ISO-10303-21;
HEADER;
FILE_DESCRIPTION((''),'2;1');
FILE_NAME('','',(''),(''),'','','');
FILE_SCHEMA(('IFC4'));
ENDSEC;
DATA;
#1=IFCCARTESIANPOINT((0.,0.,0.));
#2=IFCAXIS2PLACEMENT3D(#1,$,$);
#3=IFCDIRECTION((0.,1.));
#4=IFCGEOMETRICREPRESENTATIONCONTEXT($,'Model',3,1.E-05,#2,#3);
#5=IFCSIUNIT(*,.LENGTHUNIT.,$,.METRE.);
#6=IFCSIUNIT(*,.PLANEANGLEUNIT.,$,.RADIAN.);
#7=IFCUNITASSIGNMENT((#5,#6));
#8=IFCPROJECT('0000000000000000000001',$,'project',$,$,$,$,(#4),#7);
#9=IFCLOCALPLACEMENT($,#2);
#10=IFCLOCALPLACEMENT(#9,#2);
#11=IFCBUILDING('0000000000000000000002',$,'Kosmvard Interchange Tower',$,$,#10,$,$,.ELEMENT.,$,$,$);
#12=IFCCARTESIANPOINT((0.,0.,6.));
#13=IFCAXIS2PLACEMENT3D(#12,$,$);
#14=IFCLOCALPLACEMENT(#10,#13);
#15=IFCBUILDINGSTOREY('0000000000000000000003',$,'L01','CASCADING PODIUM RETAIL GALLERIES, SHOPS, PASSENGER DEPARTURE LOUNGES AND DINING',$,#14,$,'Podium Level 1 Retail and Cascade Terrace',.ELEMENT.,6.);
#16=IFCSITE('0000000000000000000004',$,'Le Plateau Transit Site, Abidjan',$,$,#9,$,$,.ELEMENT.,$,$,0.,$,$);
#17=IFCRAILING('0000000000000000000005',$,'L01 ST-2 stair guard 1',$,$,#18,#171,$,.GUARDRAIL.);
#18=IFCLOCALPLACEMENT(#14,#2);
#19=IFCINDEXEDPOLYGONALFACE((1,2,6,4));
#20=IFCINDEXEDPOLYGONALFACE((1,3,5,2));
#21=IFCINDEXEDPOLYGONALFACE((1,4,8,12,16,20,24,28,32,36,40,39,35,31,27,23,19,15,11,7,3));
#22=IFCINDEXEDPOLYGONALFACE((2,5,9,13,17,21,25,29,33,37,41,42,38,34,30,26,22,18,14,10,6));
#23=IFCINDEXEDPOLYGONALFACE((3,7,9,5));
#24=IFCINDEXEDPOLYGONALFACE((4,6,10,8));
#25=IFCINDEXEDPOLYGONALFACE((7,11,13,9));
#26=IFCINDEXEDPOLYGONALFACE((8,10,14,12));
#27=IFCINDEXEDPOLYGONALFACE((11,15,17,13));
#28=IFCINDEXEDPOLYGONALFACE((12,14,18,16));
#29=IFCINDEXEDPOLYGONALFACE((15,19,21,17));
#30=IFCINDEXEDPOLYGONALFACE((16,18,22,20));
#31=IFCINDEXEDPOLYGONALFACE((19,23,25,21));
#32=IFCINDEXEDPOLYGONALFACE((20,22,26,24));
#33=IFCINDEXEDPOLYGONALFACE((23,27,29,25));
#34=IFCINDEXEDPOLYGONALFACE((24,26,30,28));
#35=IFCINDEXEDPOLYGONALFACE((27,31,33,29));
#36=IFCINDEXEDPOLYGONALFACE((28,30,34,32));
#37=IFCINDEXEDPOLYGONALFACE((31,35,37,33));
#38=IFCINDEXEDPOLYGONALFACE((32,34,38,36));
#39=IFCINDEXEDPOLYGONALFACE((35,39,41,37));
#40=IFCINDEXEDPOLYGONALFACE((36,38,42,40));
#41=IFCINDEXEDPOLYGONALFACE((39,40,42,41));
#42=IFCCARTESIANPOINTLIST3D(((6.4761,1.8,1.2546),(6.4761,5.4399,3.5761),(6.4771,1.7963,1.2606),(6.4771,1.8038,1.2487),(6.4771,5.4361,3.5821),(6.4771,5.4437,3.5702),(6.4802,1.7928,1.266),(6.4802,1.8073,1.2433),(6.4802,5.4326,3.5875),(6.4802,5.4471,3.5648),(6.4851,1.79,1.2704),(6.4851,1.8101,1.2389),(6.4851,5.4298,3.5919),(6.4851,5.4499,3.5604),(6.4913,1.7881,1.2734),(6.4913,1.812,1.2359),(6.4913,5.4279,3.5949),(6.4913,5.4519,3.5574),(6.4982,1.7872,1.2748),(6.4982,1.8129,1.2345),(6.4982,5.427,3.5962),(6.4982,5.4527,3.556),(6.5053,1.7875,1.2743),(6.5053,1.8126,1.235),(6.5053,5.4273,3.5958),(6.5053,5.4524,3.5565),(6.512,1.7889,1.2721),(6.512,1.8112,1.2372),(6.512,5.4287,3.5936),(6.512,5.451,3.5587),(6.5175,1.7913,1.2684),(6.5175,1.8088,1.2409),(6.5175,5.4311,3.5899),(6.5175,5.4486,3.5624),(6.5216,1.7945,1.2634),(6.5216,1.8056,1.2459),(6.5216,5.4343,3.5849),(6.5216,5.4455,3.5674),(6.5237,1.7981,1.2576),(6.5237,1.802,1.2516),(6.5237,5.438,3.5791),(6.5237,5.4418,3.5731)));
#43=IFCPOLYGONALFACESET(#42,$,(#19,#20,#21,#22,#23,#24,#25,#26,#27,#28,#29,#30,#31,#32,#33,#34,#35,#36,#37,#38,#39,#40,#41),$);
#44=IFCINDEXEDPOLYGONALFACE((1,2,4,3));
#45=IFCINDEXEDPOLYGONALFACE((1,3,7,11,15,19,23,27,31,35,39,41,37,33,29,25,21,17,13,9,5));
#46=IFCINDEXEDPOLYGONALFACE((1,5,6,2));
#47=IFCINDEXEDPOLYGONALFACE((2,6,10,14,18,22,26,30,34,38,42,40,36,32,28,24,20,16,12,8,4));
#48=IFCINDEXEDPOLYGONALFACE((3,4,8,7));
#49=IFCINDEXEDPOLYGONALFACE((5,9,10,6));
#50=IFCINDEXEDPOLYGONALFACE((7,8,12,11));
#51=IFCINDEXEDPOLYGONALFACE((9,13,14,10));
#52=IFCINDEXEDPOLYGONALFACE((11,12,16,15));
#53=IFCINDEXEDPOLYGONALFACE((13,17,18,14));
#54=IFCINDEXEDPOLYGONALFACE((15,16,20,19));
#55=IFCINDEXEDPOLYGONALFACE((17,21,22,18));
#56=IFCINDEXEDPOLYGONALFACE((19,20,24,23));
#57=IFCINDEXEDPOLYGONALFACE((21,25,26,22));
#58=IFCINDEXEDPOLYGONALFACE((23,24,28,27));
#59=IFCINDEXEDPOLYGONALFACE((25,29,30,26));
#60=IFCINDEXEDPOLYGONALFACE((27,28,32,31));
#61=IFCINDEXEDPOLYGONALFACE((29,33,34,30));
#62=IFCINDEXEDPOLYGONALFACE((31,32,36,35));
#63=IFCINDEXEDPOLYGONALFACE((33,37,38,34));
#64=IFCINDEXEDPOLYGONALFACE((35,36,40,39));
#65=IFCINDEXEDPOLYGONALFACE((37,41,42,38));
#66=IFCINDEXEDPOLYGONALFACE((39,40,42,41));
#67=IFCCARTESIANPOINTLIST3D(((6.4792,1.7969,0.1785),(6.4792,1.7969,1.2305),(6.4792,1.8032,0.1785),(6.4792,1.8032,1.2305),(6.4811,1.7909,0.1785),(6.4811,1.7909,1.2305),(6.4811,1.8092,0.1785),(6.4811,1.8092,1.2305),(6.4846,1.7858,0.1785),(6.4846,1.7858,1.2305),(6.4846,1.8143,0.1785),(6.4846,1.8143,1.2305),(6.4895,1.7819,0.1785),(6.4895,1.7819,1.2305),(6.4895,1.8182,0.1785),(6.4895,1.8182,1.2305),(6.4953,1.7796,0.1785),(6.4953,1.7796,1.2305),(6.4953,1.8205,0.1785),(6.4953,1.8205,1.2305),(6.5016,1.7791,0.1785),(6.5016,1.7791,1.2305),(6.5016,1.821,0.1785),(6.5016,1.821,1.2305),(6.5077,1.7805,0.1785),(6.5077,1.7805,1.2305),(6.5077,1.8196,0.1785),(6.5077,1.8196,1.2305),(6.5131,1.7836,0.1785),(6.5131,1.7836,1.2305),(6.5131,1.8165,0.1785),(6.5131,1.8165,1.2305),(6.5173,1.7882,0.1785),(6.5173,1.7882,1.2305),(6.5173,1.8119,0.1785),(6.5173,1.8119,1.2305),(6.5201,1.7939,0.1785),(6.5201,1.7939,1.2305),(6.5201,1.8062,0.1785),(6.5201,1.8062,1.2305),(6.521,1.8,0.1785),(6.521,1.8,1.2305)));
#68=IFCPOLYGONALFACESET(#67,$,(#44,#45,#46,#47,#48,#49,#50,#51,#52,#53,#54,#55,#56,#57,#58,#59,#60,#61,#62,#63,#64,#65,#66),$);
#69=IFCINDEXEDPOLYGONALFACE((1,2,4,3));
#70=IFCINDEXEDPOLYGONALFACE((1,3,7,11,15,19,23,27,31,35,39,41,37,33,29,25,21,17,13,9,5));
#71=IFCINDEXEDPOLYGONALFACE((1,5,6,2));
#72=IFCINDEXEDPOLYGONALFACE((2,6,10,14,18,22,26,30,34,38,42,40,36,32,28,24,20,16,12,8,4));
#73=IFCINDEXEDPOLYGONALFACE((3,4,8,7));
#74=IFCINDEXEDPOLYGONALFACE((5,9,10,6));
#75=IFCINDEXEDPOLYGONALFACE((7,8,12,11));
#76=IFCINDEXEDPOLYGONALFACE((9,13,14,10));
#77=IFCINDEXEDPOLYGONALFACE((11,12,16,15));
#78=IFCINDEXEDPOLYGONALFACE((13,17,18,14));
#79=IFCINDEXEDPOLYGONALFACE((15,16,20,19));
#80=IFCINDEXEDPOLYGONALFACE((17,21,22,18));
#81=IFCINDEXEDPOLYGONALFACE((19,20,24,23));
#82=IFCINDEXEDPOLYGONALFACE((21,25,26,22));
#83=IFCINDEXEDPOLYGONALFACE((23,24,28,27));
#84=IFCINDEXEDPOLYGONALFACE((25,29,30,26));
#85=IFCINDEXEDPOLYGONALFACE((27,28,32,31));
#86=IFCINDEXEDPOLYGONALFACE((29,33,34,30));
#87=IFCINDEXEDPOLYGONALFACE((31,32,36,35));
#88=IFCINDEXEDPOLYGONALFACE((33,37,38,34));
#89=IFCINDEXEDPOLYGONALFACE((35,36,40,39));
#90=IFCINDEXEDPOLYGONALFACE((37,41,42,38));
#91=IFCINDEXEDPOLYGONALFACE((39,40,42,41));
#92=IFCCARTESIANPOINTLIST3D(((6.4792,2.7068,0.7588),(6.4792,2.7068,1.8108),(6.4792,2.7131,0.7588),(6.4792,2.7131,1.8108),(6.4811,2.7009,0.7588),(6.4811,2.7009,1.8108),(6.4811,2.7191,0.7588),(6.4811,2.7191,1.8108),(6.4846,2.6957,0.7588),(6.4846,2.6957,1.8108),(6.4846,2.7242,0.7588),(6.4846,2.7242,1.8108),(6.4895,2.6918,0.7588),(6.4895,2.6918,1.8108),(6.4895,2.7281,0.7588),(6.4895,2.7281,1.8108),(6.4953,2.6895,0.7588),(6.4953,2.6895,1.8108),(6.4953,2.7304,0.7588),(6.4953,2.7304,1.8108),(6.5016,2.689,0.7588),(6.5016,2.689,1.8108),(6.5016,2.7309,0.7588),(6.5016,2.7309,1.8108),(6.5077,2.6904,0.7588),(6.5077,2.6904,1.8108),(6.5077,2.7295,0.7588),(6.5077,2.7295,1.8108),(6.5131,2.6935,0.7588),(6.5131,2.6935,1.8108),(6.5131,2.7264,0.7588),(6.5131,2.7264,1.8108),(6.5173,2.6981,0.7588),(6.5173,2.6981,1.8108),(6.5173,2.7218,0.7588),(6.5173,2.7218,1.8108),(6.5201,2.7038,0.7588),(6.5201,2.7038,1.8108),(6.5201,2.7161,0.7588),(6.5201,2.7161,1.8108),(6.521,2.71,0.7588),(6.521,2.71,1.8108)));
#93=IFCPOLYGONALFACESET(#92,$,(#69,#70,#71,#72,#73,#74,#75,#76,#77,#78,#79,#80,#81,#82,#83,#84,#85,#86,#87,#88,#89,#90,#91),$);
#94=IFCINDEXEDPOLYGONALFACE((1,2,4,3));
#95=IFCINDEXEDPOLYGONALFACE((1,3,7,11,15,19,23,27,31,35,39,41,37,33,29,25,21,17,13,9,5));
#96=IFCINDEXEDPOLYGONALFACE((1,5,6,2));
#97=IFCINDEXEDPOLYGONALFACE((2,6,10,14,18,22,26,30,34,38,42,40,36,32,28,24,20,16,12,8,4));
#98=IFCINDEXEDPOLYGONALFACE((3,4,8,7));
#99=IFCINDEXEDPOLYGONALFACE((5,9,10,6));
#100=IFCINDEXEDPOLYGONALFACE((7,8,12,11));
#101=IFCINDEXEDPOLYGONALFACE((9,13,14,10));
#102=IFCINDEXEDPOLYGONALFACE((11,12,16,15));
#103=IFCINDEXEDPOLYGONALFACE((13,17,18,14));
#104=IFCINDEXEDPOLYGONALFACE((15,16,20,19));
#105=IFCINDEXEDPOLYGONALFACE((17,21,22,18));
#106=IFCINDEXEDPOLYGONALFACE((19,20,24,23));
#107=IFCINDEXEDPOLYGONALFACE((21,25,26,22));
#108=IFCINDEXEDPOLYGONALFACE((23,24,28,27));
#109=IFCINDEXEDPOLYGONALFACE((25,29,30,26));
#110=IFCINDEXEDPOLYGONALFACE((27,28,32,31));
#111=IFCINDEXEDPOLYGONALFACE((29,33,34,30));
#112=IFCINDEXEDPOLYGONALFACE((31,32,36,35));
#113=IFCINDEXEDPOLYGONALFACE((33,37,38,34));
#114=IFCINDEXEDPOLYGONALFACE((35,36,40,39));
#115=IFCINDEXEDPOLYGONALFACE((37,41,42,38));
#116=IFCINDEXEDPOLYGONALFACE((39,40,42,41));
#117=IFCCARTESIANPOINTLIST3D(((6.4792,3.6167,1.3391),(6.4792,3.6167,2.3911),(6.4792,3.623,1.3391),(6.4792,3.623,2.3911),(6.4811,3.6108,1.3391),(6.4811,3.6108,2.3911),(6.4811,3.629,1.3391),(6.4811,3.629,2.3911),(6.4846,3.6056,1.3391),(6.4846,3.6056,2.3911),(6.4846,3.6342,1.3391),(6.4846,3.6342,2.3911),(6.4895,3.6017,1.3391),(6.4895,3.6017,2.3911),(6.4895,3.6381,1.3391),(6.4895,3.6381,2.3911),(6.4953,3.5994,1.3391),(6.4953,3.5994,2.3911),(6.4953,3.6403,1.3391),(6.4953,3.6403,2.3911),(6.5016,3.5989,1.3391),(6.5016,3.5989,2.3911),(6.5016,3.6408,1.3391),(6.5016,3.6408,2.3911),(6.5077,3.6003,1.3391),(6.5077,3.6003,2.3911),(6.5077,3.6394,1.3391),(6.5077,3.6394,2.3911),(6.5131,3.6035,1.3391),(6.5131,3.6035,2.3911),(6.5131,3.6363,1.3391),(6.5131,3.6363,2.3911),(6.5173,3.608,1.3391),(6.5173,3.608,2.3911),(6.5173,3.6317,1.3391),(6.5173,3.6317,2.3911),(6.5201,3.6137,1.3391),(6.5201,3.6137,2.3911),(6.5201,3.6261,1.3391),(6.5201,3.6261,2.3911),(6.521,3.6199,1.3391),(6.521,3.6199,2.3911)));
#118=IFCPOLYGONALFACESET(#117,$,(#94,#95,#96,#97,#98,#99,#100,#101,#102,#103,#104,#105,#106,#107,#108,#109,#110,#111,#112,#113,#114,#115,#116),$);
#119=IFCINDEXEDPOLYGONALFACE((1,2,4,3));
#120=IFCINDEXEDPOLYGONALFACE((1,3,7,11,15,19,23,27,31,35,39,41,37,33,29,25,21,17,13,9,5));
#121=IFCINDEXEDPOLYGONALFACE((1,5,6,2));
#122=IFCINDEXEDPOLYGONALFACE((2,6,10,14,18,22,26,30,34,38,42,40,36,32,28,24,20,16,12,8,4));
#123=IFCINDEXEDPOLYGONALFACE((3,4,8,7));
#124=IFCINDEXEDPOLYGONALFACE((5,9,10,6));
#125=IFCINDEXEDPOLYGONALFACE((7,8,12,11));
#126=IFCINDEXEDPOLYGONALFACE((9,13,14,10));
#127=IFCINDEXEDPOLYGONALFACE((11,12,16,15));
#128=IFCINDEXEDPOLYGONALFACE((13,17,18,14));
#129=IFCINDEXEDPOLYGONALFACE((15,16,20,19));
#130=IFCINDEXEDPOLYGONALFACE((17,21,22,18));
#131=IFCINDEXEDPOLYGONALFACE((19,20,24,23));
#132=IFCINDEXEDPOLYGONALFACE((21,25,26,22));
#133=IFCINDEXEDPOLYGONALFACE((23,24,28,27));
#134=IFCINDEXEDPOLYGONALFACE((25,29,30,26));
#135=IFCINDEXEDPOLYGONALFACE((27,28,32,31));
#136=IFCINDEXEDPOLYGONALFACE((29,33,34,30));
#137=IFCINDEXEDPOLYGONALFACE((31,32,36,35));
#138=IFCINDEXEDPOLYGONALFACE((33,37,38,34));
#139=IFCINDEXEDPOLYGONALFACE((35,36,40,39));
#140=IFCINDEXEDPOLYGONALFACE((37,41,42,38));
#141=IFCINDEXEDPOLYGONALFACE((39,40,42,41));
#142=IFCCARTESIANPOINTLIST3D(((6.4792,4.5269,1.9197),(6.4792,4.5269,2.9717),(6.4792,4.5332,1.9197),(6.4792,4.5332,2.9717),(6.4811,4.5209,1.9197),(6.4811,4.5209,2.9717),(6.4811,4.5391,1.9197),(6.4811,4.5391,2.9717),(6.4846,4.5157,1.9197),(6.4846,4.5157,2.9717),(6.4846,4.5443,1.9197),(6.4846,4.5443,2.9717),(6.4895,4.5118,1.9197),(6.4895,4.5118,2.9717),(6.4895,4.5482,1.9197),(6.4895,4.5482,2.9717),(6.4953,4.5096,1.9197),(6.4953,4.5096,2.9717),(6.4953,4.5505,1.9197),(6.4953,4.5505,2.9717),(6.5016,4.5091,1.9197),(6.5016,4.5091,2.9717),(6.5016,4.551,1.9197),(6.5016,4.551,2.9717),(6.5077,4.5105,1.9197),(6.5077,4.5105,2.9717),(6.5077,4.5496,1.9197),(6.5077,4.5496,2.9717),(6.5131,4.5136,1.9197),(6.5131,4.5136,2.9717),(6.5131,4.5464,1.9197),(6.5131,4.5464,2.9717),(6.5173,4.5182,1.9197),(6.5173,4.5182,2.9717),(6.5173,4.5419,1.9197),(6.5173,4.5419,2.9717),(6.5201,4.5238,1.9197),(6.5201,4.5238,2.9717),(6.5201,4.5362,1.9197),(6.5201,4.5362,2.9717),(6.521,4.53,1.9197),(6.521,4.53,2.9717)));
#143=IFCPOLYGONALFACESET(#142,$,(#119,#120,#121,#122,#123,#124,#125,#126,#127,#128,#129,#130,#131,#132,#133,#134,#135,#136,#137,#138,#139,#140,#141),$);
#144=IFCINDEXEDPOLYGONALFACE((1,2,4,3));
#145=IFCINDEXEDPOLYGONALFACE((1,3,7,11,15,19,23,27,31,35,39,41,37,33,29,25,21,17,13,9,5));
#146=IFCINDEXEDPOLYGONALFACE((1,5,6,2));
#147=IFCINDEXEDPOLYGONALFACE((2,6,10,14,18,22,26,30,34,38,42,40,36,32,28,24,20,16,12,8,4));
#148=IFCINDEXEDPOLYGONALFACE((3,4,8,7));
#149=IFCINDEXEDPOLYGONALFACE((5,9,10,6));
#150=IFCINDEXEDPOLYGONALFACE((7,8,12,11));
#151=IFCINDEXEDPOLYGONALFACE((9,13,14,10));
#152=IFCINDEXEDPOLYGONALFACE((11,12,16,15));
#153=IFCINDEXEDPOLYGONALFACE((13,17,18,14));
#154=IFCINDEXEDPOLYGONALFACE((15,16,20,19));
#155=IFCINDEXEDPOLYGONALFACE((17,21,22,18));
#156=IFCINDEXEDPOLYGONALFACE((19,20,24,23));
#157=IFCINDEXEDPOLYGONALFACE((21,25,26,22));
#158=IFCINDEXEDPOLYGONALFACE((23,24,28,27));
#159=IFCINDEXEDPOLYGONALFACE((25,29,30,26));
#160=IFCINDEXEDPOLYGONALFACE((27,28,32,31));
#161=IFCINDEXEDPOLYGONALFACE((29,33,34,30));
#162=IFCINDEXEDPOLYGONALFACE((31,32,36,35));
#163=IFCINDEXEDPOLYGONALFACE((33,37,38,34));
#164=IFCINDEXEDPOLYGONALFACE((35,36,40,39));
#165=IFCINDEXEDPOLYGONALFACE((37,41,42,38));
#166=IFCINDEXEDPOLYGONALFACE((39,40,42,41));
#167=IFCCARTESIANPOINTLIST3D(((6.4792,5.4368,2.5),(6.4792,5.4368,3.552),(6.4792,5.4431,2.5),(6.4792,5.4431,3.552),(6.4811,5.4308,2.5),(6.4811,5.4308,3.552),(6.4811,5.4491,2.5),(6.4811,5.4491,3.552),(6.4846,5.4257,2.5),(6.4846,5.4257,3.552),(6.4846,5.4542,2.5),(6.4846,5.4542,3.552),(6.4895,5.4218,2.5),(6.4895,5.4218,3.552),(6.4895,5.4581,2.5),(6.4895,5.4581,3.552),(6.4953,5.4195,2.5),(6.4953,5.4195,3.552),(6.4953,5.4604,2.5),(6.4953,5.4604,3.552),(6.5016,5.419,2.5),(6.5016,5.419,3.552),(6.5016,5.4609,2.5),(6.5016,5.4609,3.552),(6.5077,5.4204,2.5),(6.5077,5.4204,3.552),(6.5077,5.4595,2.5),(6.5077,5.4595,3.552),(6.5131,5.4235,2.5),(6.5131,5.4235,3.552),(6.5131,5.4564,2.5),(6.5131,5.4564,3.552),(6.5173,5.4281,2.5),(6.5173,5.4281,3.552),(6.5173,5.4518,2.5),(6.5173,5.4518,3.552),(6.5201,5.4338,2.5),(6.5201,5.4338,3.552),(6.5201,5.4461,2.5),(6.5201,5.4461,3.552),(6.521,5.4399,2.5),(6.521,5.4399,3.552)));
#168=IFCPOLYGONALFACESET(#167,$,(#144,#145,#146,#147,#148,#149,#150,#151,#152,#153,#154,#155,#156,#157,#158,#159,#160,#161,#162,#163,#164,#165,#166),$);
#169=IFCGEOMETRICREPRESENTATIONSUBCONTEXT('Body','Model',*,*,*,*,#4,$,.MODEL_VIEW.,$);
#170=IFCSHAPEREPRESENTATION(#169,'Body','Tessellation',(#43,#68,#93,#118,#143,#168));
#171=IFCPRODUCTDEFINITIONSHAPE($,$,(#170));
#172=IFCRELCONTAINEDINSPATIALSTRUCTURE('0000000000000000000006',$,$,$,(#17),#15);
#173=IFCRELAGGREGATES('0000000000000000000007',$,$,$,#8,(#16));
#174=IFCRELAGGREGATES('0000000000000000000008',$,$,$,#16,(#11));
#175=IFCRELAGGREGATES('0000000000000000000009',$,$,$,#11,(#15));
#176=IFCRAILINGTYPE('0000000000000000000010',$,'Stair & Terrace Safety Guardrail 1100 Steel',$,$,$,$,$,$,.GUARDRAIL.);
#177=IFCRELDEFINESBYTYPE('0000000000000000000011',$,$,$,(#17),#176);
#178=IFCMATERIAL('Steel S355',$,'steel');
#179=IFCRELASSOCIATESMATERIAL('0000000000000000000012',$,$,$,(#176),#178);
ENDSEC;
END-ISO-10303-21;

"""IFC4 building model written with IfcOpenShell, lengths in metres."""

from ifc_helpers import new_model, si_unit, direction, frame, origin, origin_2d, place, context, subcontext, project, spatial, circle, extrude, source, transform, mapped, material, type_object, element, save


model = new_model("IFC4")

# Units and contexts
model_context = context("Model", 3, precision=1e-05, world=origin(), true_north=direction((0.0, 1.0)))
body_context = subcontext(model_context, "Body", "Model", "MODEL_VIEW")
ifc_project = project(units=[si_unit("LENGTHUNIT", "METRE"), si_unit("PLANEANGLEUNIT", "RADIAN")], contexts=[model_context])

# Site, building, storey
site_placement = place(None, origin())
site = spatial("IfcSite", under=ifc_project, at=site_placement, Name="Le Plateau Transit Site, Abidjan", CompositionType="ELEMENT", RefElevation=0.0)
building_placement = place(site_placement, origin())
building = spatial("IfcBuilding", under=site, at=building_placement, Name="Kosmvard Interchange Tower", CompositionType="ELEMENT")
storey_placement = place(building_placement, frame((0.0, 0.0, 6.0)))
storey = spatial("IfcBuildingStorey", under=building, at=storey_placement, Name="L01", Description="CASCADING PODIUM RETAIL GALLERIES, SHOPS, PASSENGER DEPARTURE LOUNGES AND DINING", LongName="Podium Level 1 Retail and Cascade Terrace", CompositionType="ELEMENT", Elevation=6.0)

# Shared definitions
ifc_material_1 = material(Name="Steel S355", Category="steel")

# Railing
railing_type_1 = type_object("IfcRailingType", Name="Stair & Terrace Safety Guardrail 1100 Steel", PredefinedType="GUARDRAIL", material=ifc_material_1)
shared_shape_1 = source(origin(), body_context, "Body", "SweptSolid", [
    extrude(circle(Radius=0.0239, at=origin_2d()), frame((0.0, 0.0, 1.0762), z_axis=(0.0, 0.843112, 0.537739), x_axis=(-1.0, 0.0, 0.0)), (0.0, 0.0, 1.0), 4.3171),
    extrude(circle(Radius=0.021, at=origin_2d()), origin(), (0.0, 0.0, 1.0), 1.052),
    extrude(circle(Radius=0.021, at=origin_2d()), frame((0.0, 0.9099, 0.5803)), (0.0, 0.0, 1.0), 1.052),
    extrude(circle(Radius=0.021, at=origin_2d()), frame((0.0, 1.8198, 1.1606)), (0.0, 0.0, 1.0), 1.052),
    extrude(circle(Radius=0.021, at=origin_2d()), frame((0.0, 2.73, 1.7412)), (0.0, 0.0, 1.0), 1.052),
    extrude(circle(Radius=0.021, at=origin_2d()), frame((0.0, 3.6399, 2.3215)), (0.0, 0.0, 1.0), 1.052),
])
railing_1_placement = place(storey_placement, frame((6.5, 1.8, 0.1785)))
element("IfcRailing", 1, at=railing_1_placement, inside=storey, type_object=railing_type_1, Name="L01 ST-2 stair guard 1", PredefinedType="GUARDRAIL", context=body_context, shape_type="MappedRepresentation", body=[
    mapped(shared_shape_1, transform((0.0, 0.0, 0.0), scale=1.0)),
])

save(model, "model.ifc")
